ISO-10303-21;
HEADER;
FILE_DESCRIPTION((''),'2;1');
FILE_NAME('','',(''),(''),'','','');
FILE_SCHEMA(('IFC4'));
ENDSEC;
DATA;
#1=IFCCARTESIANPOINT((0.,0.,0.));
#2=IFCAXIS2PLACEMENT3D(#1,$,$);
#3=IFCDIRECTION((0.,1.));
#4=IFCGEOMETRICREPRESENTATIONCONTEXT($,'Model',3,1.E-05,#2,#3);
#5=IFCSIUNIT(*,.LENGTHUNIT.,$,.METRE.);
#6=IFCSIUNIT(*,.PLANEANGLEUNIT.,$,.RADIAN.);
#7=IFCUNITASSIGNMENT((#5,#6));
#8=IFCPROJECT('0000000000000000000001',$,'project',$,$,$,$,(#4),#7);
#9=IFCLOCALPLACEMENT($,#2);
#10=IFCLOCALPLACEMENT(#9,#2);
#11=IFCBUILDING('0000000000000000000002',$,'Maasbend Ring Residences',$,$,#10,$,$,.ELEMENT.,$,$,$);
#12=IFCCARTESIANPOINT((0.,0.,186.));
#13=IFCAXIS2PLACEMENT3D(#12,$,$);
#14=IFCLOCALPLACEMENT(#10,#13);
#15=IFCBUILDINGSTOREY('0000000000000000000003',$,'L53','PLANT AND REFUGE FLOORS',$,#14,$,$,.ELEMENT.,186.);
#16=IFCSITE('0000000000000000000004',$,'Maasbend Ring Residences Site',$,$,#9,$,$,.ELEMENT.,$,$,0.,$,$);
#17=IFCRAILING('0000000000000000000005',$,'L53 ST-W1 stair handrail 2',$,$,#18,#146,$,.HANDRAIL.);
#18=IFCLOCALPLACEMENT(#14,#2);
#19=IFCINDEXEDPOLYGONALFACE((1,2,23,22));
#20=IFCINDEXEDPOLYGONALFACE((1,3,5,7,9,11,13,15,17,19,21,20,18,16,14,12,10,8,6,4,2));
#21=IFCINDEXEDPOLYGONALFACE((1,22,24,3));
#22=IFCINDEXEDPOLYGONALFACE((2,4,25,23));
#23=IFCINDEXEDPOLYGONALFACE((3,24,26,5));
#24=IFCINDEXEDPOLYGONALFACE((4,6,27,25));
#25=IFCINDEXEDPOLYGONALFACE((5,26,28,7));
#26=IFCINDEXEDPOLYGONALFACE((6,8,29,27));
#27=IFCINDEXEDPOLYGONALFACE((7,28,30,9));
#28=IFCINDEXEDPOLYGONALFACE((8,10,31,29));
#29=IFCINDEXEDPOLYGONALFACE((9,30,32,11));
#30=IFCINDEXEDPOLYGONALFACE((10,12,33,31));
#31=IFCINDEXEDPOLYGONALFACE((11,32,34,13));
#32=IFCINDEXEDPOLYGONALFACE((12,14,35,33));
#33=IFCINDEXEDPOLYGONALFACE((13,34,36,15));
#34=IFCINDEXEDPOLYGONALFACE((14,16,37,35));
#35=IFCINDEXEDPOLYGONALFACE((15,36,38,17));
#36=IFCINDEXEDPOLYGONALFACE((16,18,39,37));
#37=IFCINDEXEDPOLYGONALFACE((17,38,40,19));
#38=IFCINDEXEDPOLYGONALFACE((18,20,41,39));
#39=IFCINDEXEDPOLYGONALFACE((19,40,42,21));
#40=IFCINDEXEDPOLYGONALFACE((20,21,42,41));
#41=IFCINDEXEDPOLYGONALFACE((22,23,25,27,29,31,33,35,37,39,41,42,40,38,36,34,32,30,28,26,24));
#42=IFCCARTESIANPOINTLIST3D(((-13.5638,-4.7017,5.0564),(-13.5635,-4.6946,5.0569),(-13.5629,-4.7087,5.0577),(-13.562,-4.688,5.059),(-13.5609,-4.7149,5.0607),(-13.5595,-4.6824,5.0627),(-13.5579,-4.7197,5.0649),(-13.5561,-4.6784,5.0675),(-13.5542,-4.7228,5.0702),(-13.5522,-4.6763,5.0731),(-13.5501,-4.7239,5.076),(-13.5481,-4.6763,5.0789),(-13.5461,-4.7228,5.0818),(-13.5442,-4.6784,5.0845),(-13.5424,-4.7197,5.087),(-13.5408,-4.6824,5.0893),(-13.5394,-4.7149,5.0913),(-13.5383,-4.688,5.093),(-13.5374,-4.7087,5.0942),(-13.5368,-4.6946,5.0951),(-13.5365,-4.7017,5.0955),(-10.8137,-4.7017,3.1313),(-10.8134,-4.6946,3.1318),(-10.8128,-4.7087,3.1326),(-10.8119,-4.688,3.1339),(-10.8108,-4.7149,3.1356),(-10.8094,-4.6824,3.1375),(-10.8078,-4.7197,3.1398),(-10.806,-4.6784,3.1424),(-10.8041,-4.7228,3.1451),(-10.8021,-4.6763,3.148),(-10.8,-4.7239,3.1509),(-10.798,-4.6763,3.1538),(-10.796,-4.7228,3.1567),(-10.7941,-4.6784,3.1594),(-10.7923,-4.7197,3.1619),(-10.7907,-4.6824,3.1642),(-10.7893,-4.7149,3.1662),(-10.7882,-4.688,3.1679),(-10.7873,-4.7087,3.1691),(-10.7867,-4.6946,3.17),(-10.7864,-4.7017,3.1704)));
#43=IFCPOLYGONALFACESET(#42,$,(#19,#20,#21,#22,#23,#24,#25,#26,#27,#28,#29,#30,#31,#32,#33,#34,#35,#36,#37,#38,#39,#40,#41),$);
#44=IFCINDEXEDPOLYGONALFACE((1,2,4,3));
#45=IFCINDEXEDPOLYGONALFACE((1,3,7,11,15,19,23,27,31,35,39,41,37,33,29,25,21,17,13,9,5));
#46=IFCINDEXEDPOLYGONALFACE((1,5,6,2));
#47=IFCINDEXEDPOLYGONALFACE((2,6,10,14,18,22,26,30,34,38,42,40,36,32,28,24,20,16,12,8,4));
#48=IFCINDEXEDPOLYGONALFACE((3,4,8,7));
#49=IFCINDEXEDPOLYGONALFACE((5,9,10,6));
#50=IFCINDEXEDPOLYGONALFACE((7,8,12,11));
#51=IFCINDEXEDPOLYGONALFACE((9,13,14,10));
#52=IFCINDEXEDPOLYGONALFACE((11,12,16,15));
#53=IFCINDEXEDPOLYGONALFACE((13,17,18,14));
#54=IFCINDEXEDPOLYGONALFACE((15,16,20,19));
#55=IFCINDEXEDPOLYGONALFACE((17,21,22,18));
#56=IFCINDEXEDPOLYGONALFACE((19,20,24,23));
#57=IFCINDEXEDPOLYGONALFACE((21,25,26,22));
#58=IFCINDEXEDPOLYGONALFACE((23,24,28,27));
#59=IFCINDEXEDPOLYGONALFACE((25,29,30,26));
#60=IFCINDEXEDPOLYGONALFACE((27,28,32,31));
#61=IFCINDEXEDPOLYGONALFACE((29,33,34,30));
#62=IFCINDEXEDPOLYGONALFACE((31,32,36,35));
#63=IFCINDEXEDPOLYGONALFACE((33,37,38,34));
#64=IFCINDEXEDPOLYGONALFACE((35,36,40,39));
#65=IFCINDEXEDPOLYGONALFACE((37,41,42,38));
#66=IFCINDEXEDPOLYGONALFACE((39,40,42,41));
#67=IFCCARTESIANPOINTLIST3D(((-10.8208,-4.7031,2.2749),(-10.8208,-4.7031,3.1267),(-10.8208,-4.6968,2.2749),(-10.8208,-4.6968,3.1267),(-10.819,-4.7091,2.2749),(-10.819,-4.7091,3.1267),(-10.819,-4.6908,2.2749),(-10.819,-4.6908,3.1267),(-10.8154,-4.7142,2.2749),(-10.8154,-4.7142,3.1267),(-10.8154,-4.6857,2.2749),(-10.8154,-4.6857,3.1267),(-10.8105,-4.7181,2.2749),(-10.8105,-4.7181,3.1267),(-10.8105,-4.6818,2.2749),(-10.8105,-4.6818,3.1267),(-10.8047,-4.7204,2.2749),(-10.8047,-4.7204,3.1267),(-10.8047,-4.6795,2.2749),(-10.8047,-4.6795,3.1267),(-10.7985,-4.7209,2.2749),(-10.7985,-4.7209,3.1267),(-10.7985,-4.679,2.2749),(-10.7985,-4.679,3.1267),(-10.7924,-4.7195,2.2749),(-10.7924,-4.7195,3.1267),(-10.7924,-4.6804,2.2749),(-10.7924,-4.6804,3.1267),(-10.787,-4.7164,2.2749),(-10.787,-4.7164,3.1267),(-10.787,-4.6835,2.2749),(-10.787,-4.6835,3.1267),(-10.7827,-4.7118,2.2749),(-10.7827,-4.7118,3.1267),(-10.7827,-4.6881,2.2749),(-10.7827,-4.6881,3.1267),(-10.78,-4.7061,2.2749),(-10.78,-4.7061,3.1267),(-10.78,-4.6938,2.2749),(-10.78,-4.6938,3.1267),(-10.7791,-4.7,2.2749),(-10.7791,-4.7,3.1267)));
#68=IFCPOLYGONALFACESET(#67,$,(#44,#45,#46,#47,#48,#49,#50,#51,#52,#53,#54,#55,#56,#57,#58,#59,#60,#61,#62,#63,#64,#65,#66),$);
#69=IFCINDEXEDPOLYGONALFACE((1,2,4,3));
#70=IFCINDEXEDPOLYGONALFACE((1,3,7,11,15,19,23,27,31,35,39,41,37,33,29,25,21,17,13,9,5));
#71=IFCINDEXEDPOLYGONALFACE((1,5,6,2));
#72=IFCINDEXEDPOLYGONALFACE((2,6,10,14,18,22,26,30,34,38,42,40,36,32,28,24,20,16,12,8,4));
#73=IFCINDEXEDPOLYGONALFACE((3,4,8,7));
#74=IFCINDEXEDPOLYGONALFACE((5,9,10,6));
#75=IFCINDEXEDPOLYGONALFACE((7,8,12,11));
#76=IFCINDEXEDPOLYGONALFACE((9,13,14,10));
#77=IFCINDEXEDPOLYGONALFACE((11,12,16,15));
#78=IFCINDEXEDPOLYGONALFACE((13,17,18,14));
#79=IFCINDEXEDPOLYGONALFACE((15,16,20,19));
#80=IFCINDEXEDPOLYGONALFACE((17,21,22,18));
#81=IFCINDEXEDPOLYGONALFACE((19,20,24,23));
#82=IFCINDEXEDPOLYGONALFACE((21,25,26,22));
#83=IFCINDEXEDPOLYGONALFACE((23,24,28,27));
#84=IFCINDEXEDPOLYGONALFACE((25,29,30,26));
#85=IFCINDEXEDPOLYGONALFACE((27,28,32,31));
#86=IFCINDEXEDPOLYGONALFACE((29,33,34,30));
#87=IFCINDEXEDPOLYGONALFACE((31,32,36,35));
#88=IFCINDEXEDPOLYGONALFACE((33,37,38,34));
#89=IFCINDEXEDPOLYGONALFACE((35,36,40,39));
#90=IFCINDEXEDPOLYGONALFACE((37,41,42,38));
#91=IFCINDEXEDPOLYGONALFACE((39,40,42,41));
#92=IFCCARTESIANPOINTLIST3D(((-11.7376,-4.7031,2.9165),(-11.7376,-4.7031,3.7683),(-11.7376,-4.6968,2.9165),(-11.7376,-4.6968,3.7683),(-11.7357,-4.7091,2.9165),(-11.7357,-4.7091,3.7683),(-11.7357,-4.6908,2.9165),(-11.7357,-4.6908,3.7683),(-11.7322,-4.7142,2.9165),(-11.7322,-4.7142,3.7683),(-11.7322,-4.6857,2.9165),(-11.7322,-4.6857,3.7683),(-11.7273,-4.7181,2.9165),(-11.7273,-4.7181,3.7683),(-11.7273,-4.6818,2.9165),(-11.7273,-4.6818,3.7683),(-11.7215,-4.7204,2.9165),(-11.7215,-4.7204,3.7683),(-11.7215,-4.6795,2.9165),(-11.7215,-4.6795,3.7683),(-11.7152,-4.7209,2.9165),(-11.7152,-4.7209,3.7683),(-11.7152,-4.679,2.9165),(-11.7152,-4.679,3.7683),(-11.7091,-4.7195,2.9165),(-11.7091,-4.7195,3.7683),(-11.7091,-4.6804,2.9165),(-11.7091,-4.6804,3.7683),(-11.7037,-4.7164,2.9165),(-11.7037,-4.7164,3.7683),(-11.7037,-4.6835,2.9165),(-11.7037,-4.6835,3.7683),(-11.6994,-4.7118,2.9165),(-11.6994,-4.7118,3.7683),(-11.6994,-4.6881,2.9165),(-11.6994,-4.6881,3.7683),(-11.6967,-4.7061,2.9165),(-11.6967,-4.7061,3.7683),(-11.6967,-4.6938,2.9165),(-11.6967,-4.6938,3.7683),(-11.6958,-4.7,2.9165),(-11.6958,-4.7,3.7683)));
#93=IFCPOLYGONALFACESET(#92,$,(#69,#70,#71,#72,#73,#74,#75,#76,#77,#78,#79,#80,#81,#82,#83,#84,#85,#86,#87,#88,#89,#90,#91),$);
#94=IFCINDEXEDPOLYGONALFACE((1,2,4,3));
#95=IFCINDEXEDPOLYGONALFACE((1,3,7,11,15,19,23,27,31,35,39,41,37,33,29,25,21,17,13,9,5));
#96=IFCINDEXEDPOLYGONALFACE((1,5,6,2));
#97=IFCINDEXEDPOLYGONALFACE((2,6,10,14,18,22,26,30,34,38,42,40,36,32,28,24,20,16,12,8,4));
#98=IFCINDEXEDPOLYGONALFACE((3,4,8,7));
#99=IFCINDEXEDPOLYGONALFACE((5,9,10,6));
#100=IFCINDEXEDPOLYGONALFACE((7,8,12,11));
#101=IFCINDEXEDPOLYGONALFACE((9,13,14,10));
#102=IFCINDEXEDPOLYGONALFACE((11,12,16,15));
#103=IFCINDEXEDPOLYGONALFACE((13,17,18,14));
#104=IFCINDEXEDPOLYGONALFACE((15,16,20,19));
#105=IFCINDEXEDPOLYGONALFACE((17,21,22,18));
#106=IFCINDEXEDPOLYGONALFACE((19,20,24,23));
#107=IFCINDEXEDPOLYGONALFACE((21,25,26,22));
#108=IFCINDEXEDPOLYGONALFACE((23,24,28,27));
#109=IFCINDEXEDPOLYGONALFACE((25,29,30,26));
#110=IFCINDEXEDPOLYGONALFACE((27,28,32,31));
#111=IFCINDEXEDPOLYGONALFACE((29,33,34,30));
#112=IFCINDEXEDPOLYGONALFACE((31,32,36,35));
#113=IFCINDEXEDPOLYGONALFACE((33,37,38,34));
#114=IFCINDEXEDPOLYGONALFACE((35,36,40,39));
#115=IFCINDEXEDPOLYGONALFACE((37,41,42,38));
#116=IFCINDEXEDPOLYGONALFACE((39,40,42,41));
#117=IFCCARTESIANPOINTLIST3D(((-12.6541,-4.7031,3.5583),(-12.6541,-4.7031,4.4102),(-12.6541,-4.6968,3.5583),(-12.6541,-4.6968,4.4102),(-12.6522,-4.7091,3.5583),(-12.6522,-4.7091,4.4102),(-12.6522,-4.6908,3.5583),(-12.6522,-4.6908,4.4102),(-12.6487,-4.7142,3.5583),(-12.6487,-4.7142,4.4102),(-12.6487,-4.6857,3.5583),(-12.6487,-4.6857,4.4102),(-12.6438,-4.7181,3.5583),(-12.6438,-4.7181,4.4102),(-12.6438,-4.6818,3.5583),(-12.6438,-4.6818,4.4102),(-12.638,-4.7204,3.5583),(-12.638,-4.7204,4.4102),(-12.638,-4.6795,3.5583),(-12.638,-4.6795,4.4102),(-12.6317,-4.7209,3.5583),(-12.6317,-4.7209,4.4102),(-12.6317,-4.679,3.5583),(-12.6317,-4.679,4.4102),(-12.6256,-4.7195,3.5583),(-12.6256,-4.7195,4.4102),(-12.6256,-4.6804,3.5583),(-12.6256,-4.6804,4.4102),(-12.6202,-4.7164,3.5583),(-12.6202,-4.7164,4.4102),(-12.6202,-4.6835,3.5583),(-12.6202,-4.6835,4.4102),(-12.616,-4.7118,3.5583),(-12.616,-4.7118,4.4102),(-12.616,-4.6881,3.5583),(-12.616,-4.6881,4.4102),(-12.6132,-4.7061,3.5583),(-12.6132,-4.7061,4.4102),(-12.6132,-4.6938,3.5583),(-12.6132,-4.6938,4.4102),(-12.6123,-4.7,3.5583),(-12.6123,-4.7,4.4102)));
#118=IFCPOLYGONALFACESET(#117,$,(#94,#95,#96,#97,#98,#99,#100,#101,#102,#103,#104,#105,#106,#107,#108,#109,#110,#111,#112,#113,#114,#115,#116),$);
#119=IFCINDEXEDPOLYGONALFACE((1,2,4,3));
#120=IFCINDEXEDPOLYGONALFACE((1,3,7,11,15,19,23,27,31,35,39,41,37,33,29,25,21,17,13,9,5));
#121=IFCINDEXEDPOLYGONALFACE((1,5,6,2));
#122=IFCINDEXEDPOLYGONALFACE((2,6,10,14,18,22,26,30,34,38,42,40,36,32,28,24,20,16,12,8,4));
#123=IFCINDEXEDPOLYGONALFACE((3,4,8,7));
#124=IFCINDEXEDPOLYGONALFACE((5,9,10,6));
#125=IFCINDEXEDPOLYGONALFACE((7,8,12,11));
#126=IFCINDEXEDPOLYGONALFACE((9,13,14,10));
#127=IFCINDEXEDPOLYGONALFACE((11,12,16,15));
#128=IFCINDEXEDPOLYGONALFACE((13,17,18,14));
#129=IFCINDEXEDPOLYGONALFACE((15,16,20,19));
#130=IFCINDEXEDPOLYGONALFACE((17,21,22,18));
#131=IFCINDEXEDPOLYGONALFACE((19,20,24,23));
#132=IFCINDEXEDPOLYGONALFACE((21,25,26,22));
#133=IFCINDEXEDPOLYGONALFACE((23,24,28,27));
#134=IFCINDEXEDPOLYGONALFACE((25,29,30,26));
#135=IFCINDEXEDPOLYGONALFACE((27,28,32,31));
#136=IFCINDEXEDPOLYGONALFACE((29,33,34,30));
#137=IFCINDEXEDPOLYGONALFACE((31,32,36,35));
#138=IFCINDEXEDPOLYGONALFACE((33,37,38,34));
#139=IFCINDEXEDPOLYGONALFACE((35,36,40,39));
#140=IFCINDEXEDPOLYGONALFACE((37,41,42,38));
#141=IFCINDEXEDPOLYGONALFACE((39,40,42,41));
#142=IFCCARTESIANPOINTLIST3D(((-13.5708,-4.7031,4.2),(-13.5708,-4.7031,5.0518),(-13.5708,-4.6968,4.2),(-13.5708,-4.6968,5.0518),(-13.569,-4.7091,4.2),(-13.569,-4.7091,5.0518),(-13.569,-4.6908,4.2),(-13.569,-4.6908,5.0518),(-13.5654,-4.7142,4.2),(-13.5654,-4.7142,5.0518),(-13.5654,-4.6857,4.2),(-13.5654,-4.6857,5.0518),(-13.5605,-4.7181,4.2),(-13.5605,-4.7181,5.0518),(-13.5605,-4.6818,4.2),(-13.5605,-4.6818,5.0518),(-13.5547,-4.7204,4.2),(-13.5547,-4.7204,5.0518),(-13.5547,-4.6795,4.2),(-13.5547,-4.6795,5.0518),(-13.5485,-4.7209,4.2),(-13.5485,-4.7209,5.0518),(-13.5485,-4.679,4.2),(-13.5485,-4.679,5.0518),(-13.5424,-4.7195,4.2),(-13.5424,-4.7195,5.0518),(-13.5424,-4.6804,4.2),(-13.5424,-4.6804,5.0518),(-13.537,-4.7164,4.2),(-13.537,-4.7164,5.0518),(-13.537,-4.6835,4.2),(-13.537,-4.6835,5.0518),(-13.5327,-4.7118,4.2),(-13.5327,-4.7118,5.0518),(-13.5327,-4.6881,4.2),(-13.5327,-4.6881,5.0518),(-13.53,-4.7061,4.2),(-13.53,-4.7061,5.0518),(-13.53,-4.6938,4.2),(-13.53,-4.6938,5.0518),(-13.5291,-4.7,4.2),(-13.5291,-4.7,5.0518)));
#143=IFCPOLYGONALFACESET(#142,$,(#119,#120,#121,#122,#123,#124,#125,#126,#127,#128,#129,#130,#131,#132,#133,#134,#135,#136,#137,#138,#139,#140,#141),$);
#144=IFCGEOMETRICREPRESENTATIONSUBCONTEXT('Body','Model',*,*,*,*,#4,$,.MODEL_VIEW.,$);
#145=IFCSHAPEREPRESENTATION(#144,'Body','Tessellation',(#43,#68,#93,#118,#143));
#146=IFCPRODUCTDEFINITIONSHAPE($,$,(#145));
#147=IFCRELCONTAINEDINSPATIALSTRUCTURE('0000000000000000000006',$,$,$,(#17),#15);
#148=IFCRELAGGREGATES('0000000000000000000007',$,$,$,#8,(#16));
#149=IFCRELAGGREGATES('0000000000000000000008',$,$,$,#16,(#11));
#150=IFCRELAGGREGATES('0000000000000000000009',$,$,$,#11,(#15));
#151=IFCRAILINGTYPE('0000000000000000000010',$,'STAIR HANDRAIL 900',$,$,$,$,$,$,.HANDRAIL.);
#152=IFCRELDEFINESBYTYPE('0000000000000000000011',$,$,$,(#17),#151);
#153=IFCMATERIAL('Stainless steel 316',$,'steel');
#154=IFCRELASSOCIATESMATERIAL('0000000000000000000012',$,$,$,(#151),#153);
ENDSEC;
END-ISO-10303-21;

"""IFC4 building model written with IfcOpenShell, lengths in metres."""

from ifc_helpers import new_model, si_unit, direction, frame, origin, origin_2d, place, context, subcontext, project, spatial, circle, extrude, material, type_object, element, save


model = new_model("IFC4")

# Units and contexts
model_context = context("Model", 3, precision=1e-05, world=origin(), true_north=direction((0.0, 1.0)))
body_context = subcontext(model_context, "Body", "Model", "MODEL_VIEW")
ifc_project = project(units=[si_unit("LENGTHUNIT", "METRE"), si_unit("PLANEANGLEUNIT", "RADIAN")], contexts=[model_context])

# Site, building, storey
site_placement = place(None, origin())
site = spatial("IfcSite", under=ifc_project, at=site_placement, Name="Maasbend Ring Residences Site", CompositionType="ELEMENT", RefElevation=0.0)
building_placement = place(site_placement, origin())
building = spatial("IfcBuilding", under=site, at=building_placement, Name="Maasbend Ring Residences", CompositionType="ELEMENT")
storey_placement = place(building_placement, frame((0.0, 0.0, 186.0)))
storey = spatial("IfcBuildingStorey", under=building, at=storey_placement, Name="L53", Description="PLANT AND REFUGE FLOORS", CompositionType="ELEMENT", Elevation=186.0)

# Railing
ifc_material_1 = material(Name="Stainless steel 316", Category="steel")
railing_type = type_object("IfcRailingType", Name="STAIR HANDRAIL 900", PredefinedType="HANDRAIL", material=ifc_material_1)
railing_placement = place(storey_placement, frame((-10.8, -4.7, 2.2749)))
element("IfcRailing", 1, at=railing_placement, inside=storey, type_object=railing_type, Name="L53 ST-W1 stair handrail 2", PredefinedType="HANDRAIL", context=body_context, shape_type="SweptSolid", body=[
    extrude(circle(Radius=0.0239, at=origin_2d()), frame((0.0, 0.0, 0.876), z_axis=(-0.819225, 0.0, 0.573472), x_axis=(0.0, -1.0, 0.0)), (0.0, 0.0, 1.0), 3.3569),
    extrude(circle(Radius=0.021, at=origin_2d()), origin(), (0.0, 0.0, 1.0), 0.8518),
    extrude(circle(Radius=0.021, at=origin_2d()), frame((-0.9167, 0.0, 0.6416)), (0.0, 0.0, 1.0), 0.8518),
    extrude(circle(Radius=0.021, at=origin_2d()), frame((-1.8333, 0.0, 1.2834)), (0.0, 0.0, 1.0), 0.8518),
    extrude(circle(Radius=0.021, at=origin_2d()), frame((-2.75, 0.0, 1.925)), (0.0, 0.0, 1.0), 0.8518),
])

save(model, "model.ifc")
